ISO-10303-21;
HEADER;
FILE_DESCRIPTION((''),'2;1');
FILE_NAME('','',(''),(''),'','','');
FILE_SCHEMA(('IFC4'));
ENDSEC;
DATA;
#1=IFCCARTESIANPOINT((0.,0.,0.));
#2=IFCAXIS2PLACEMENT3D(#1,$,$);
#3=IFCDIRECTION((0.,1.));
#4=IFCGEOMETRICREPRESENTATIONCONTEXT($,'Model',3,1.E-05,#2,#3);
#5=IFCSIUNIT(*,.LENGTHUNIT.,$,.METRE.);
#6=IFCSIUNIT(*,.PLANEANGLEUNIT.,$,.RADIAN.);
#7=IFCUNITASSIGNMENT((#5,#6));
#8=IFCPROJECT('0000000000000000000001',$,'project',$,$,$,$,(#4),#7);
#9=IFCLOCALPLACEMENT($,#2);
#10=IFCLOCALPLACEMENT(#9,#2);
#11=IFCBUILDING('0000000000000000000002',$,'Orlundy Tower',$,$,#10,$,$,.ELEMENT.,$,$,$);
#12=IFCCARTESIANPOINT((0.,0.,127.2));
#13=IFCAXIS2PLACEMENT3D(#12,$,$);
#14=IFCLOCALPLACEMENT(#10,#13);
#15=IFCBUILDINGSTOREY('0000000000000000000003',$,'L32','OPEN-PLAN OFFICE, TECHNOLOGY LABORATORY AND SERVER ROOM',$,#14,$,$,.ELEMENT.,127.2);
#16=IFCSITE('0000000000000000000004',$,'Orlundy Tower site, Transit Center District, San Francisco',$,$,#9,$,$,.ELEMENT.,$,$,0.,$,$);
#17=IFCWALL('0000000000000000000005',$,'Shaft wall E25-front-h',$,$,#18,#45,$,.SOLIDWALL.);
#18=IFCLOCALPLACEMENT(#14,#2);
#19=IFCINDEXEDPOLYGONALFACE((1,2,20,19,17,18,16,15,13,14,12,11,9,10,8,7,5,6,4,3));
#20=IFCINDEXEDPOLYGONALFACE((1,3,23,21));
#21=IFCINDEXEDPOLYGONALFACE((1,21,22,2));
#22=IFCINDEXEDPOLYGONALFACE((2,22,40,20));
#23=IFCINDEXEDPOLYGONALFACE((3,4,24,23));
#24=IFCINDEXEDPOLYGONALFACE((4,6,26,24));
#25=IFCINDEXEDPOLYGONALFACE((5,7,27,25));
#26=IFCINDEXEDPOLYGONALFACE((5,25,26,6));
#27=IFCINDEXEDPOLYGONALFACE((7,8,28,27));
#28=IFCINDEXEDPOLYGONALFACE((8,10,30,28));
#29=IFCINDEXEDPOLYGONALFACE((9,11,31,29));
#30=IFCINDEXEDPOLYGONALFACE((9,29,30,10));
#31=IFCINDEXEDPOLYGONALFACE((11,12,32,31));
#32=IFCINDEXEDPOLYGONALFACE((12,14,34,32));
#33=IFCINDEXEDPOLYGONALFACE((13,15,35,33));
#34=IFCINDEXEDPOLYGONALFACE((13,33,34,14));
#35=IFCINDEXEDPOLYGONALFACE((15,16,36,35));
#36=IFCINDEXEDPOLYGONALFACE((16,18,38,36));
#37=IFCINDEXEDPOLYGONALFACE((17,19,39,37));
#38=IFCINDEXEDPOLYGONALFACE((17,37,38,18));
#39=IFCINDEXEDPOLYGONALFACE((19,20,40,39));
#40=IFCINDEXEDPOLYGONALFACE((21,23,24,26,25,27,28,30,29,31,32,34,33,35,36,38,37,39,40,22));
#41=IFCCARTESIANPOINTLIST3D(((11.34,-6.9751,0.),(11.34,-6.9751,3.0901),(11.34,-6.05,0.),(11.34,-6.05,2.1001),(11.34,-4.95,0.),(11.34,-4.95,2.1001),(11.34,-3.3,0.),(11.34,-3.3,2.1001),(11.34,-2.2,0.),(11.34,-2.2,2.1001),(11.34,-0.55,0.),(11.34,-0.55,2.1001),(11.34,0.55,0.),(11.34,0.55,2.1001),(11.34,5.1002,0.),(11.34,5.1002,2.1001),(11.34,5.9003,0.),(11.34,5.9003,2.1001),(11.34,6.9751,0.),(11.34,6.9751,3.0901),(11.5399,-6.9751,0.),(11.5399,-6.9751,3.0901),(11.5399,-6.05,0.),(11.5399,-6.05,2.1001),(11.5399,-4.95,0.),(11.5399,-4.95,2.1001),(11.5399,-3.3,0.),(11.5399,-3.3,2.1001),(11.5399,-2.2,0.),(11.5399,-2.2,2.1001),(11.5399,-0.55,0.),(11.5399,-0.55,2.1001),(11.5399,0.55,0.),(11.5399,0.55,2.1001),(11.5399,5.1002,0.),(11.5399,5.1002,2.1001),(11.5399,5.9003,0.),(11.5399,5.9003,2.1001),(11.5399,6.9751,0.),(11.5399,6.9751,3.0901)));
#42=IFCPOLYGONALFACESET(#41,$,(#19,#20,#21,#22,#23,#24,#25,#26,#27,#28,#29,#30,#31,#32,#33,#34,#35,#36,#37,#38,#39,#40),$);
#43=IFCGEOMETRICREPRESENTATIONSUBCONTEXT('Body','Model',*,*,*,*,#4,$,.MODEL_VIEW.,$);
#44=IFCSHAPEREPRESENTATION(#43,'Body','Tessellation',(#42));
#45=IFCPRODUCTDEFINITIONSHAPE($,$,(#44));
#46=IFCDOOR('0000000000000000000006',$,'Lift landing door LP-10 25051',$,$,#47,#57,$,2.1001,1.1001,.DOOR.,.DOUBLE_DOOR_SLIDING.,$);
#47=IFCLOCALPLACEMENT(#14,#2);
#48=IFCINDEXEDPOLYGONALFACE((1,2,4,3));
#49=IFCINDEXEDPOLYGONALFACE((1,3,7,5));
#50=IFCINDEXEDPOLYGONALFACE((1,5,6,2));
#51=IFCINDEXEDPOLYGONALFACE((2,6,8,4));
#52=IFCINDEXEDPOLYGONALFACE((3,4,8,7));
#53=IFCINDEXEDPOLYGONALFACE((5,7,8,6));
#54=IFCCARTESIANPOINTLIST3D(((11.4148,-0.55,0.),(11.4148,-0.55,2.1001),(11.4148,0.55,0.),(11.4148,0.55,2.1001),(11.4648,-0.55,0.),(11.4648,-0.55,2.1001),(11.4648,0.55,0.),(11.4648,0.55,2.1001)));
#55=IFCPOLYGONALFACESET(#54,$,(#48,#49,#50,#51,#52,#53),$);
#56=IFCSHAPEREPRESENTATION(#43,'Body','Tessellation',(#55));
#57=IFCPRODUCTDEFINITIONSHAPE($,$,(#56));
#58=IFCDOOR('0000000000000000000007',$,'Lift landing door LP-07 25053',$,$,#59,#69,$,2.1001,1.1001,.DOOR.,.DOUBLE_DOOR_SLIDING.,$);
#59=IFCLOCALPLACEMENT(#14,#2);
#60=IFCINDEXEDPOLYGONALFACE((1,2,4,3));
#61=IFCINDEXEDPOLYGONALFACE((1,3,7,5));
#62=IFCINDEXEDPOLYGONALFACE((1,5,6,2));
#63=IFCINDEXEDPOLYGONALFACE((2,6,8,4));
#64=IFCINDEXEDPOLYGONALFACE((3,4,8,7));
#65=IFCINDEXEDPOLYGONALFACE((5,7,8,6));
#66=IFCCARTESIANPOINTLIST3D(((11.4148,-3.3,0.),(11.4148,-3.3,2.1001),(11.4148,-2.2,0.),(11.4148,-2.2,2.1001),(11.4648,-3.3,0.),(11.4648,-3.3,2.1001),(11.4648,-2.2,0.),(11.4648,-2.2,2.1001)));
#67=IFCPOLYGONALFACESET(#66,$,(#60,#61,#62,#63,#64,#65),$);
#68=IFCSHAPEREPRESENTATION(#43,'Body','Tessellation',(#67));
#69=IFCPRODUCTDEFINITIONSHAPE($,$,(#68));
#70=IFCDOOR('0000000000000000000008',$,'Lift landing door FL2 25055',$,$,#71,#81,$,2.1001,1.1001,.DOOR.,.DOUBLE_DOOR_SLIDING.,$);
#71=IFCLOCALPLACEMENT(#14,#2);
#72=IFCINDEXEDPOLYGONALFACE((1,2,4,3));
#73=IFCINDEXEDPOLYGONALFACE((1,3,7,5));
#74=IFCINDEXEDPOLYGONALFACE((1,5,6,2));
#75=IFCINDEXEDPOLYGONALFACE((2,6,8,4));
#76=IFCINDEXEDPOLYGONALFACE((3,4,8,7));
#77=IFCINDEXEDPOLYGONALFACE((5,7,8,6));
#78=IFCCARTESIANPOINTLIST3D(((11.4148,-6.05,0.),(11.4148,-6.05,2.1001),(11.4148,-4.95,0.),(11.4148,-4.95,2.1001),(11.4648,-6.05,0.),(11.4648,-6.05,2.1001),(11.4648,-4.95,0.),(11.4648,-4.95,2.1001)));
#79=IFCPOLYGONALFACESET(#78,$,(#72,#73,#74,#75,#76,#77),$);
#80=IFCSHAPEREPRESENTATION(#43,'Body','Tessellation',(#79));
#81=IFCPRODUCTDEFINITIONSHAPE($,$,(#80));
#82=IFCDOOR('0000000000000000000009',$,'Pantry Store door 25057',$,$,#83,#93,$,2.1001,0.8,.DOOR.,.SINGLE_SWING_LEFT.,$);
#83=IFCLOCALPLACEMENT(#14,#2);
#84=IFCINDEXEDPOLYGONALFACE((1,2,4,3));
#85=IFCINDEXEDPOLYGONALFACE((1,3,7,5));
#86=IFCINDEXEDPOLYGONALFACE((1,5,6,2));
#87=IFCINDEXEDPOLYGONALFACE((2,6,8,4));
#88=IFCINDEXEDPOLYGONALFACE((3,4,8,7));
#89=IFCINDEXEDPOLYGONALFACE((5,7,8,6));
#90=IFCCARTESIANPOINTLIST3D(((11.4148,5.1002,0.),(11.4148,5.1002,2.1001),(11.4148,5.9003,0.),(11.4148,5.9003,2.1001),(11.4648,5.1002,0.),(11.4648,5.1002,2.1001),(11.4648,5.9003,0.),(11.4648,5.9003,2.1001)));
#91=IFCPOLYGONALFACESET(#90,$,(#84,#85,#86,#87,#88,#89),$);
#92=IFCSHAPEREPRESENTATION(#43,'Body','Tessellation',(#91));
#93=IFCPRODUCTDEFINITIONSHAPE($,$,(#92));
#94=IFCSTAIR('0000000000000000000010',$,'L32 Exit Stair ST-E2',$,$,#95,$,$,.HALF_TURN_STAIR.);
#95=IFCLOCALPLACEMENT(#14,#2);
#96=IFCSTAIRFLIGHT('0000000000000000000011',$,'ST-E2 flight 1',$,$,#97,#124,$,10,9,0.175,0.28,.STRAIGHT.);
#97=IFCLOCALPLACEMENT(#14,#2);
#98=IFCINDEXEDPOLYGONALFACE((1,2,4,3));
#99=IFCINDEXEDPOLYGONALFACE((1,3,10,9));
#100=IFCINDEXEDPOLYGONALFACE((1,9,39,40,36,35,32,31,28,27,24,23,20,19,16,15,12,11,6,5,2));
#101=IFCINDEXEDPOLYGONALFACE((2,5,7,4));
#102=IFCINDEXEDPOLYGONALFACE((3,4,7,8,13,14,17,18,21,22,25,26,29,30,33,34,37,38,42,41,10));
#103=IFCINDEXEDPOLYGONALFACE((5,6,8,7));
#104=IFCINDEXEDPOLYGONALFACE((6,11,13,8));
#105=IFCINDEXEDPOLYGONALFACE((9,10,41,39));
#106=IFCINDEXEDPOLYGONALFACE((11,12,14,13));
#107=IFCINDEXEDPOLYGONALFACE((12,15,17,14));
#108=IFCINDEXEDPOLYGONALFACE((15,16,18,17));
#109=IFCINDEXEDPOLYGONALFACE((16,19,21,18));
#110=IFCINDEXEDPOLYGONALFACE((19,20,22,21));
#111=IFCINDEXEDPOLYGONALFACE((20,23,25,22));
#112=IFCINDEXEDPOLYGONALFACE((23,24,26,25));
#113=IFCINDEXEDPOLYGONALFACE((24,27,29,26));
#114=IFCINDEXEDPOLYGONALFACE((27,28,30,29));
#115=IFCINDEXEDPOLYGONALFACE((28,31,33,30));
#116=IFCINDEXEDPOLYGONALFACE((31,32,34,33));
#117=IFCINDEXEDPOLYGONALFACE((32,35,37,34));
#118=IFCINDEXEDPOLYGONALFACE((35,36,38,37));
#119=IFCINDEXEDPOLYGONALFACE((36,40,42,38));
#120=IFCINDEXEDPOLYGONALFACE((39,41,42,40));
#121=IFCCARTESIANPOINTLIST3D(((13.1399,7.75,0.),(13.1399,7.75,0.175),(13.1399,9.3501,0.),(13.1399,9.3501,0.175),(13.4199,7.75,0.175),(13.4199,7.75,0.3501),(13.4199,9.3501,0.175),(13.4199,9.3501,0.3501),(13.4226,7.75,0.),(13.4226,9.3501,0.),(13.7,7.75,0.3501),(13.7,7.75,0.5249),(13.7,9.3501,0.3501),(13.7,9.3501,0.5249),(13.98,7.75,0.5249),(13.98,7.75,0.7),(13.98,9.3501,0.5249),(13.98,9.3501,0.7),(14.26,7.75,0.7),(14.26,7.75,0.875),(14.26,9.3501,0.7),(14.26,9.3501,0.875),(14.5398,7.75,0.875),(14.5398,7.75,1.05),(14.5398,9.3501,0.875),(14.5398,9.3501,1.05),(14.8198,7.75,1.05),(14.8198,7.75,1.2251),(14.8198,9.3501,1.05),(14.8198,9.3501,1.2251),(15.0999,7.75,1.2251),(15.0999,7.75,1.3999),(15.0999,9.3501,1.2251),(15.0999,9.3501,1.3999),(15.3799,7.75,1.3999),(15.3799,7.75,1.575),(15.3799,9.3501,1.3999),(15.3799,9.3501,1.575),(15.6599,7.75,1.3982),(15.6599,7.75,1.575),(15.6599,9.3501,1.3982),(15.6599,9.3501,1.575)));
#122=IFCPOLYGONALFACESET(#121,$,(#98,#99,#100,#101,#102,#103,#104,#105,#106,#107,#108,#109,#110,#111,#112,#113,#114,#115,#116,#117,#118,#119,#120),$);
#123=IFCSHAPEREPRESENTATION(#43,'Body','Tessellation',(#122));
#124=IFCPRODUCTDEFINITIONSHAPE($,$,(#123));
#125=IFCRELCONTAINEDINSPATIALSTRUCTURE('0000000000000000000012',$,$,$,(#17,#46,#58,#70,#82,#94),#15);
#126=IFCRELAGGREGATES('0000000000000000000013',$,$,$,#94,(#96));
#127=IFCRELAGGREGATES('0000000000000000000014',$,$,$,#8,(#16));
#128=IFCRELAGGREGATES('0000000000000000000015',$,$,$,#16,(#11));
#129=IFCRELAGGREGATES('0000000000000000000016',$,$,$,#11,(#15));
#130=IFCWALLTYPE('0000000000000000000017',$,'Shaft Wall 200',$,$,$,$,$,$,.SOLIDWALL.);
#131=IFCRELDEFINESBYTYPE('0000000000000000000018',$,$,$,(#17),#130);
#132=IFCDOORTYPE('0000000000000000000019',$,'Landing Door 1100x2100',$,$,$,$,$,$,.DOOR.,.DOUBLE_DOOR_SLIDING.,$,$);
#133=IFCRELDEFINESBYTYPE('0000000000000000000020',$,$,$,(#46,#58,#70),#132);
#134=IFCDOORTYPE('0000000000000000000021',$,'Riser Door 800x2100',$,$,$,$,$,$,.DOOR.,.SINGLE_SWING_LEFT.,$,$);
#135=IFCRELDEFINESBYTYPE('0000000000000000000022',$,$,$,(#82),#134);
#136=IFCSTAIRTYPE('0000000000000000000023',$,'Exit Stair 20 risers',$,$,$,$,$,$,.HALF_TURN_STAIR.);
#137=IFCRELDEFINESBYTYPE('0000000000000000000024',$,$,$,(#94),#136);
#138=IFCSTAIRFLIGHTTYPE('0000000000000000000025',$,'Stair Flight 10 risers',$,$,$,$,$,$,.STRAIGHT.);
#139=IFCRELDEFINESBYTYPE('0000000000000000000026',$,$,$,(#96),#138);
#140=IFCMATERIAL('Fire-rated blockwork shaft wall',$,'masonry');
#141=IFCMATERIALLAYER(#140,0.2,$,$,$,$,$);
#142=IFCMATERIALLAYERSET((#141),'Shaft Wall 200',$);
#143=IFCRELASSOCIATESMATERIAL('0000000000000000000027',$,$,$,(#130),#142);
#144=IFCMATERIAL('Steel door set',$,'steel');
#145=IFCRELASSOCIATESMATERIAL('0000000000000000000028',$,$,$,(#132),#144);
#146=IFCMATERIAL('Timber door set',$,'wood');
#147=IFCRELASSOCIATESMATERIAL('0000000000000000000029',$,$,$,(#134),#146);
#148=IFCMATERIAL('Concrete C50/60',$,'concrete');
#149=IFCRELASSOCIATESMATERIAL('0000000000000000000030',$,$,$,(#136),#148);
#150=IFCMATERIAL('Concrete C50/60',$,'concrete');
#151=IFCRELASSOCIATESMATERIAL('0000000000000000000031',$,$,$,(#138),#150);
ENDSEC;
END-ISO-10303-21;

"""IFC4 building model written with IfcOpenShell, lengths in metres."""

from ifc_helpers import new_model, si_unit, direction, frame, frame_2d, origin, place, context, subcontext, project, spatial, polyline, rectangle, outline, extrude, material, layer, layer_set, type_object, element, fill, aggregate, save


model = new_model("IFC4")

# Units and contexts
model_context = context("Model", 3, precision=1e-05, world=origin(), true_north=direction((0.0, 1.0)))
body_context = subcontext(model_context, "Body", "Model", "MODEL_VIEW")
ifc_project = project(units=[si_unit("LENGTHUNIT", "METRE"), si_unit("PLANEANGLEUNIT", "RADIAN")], contexts=[model_context])

# Site, building, storey
site_placement = place(None, origin())
site = spatial("IfcSite", under=ifc_project, at=site_placement, Name="Orlundy Tower site, Transit Center District, San Francisco", CompositionType="ELEMENT", RefElevation=0.0)
building_placement = place(site_placement, origin())
building = spatial("IfcBuilding", under=site, at=building_placement, Name="Orlundy Tower", CompositionType="ELEMENT")
storey_placement = place(building_placement, frame((0.0, 0.0, 127.2)))
storey = spatial("IfcBuildingStorey", under=building, at=storey_placement, Name="L32", Description="OPEN-PLAN OFFICE, TECHNOLOGY LABORATORY AND SERVER ROOM", CompositionType="ELEMENT", Elevation=127.2)

# Shared definitions
ifc_material_1 = material(Name="Fire-rated blockwork shaft wall", Category="masonry")
ifc_layer_1 = layer(ifc_material_1, 0.2)
ifc_layer_set_1 = layer_set([ifc_layer_1], Name="Shaft Wall 200")
wall_type_1 = type_object("IfcWallType", Name="Shaft Wall 200", PredefinedType="SOLIDWALL", material=ifc_layer_set_1)

# Wall, openings, doors
wall_1_placement = place(storey_placement, frame((11.4399, 6.9751, 0.0), z_axis=(0.0, 0.0, 1.0), x_axis=(0.0, -1.0, 0.0)))
wall_1 = element("IfcWall", 1, at=wall_1_placement, inside=storey, type_object=wall_type_1, Name="Shaft wall E25-front-h", PredefinedType="SOLIDWALL", context=body_context, shape_type="SweptSolid", body=[
    extrude(rectangle(XDim=13.9502, YDim=0.2, at=frame_2d((6.9751, 0.0))), origin(), (0.0, 0.0, 1.0), 3.0901),
])
opening_1_placement = place(wall_1_placement, frame((6.425, 0.0, 0.0)))
opening_1 = element("IfcOpeningElement", 2, at=opening_1_placement, cuts=wall_1, PredefinedType="OPENING", context=body_context, shape_type="SweptSolid", body=[
    extrude(rectangle(XDim=1.1001, YDim=2.1001, at=frame_2d((0.55, 1.05))), frame((0.0, 0.1101, 0.0), z_axis=(0.0, -1.0, 0.0), x_axis=(1.0, 0.0, 0.0)), (0.0, 0.0, 1.0), 0.2202),
])
opening_2_placement = place(wall_1_placement, frame((9.175, 0.0, 0.0)))
opening_2 = element("IfcOpeningElement", 3, at=opening_2_placement, cuts=wall_1, PredefinedType="OPENING", context=body_context, shape_type="SweptSolid", body=[
    extrude(rectangle(XDim=1.1001, YDim=2.1001, at=frame_2d((0.55, 1.05))), frame((0.0, 0.1101, 0.0), z_axis=(0.0, -1.0, 0.0), x_axis=(1.0, 0.0, 0.0)), (0.0, 0.0, 1.0), 0.2202),
])
opening_3_placement = place(wall_1_placement, frame((11.925, 0.0, 0.0)))
opening_3 = element("IfcOpeningElement", 4, at=opening_3_placement, cuts=wall_1, PredefinedType="OPENING", context=body_context, shape_type="SweptSolid", body=[
    extrude(rectangle(XDim=1.1001, YDim=2.1001, at=frame_2d((0.55, 1.05))), frame((0.0, 0.1101, 0.0), z_axis=(0.0, -1.0, 0.0), x_axis=(1.0, 0.0, 0.0)), (0.0, 0.0, 1.0), 0.2202),
])
opening_4_placement = place(wall_1_placement, frame((1.075, 0.0, 0.0)))
opening_4 = element("IfcOpeningElement", 5, at=opening_4_placement, cuts=wall_1, PredefinedType="OPENING", context=body_context, shape_type="SweptSolid", body=[
    extrude(rectangle(XDim=0.8, YDim=2.1001, at=frame_2d((0.3999, 1.05))), frame((0.0, 0.1101, 0.0), z_axis=(0.0, -1.0, 0.0), x_axis=(1.0, 0.0, 0.0)), (0.0, 0.0, 1.0), 0.2202),
])
ifc_material_2 = material(Name="Steel door set", Category="steel")
door_type_1 = type_object("IfcDoorType", Name="Landing Door 1100x2100", OperationType="DOUBLE_DOOR_SLIDING", PredefinedType="DOOR", material=ifc_material_2)
door_1_placement = place(opening_1_placement, origin())
door_1 = element("IfcDoor", 6, at=door_1_placement, inside=storey, type_object=door_type_1, Name="Lift landing door LP-10 25051", OperationType="DOUBLE_DOOR_SLIDING", OverallHeight=2.1001, OverallWidth=1.1001, PredefinedType="DOOR", context=body_context, shape_type="SweptSolid", body=[
    extrude(rectangle(XDim=1.1001, YDim=2.1001, at=frame_2d((0.55, 1.05))), frame((0.0, 0.0249, 0.0), z_axis=(0.0, -1.0, 0.0), x_axis=(1.0, 0.0, 0.0)), (0.0, 0.0, 1.0), 0.05),
])
fill(opening_1, door_1)
door_2_placement = place(opening_2_placement, origin())
door_2 = element("IfcDoor", 7, at=door_2_placement, inside=storey, type_object=door_type_1, Name="Lift landing door LP-07 25053", OperationType="DOUBLE_DOOR_SLIDING", OverallHeight=2.1001, OverallWidth=1.1001, PredefinedType="DOOR", context=body_context, shape_type="SweptSolid", body=[
    extrude(rectangle(XDim=1.1001, YDim=2.1001, at=frame_2d((0.55, 1.05))), frame((0.0, 0.0249, 0.0), z_axis=(0.0, -1.0, 0.0), x_axis=(1.0, 0.0, 0.0)), (0.0, 0.0, 1.0), 0.05),
])
fill(opening_2, door_2)
door_3_placement = place(opening_3_placement, origin())
door_3 = element("IfcDoor", 8, at=door_3_placement, inside=storey, type_object=door_type_1, Name="Lift landing door FL2 25055", OperationType="DOUBLE_DOOR_SLIDING", OverallHeight=2.1001, OverallWidth=1.1001, PredefinedType="DOOR", context=body_context, shape_type="SweptSolid", body=[
    extrude(rectangle(XDim=1.1001, YDim=2.1001, at=frame_2d((0.55, 1.05))), frame((0.0, 0.0249, 0.0), z_axis=(0.0, -1.0, 0.0), x_axis=(1.0, 0.0, 0.0)), (0.0, 0.0, 1.0), 0.05),
])
fill(opening_3, door_3)
ifc_material_3 = material(Name="Timber door set", Category="wood")
door_type_2 = type_object("IfcDoorType", Name="Riser Door 800x2100", OperationType="SINGLE_SWING_LEFT", PredefinedType="DOOR", material=ifc_material_3)
door_4_placement = place(opening_4_placement, origin())
door_4 = element("IfcDoor", 9, at=door_4_placement, inside=storey, type_object=door_type_2, Name="Pantry Store door 25057", OperationType="SINGLE_SWING_LEFT", OverallHeight=2.1001, OverallWidth=0.8, PredefinedType="DOOR", context=body_context, shape_type="SweptSolid", body=[
    extrude(rectangle(XDim=0.8, YDim=2.1001, at=frame_2d((0.3999, 1.05))), frame((0.0, 0.0249, 0.0), z_axis=(0.0, -1.0, 0.0), x_axis=(1.0, 0.0, 0.0)), (0.0, 0.0, 1.0), 0.05),
])
fill(opening_4, door_4)

# Stair, stair flight
ifc_material_4 = material(Name="Concrete C50/60", Category="concrete")
stair_type = type_object("IfcStairType", Name="Exit Stair 20 risers", PredefinedType="HALF_TURN_STAIR", material=ifc_material_4)
stair_placement = place(storey_placement, origin())
stair = element("IfcStair", 10, at=stair_placement, inside=storey, type_object=stair_type, Name="L32 Exit Stair ST-E2", PredefinedType="HALF_TURN_STAIR")
ifc_material_5 = material(Name="Concrete C50/60", Category="concrete")
stair_flight_type = type_object("IfcStairFlightType", Name="Stair Flight 10 risers", PredefinedType="STRAIGHT", material=ifc_material_5)
stair_flight_placement = place(storey_placement, frame((13.1399, 8.55, 0.0), z_axis=(0.0, 0.0, 1.0), x_axis=(1.0, 0.0, 0.0)))
stair_flight = element("IfcStairFlight", 11, at=stair_flight_placement, type_object=stair_flight_type, Name="ST-E2 flight 1", NumberOfRisers=10, NumberOfTreads=9, PredefinedType="STRAIGHT", RiserHeight=0.175, TreadLength=0.28, context=body_context, shape_type="SweptSolid", body=[
    extrude(outline(polyline([(0.0, 0.0), (0.0, 0.175), (0.28, 0.175), (0.28, 0.3501), (0.5601, 0.3501), (0.5601, 0.5249), (0.8401, 0.5249), (0.8401, 0.7), (1.1201, 0.7), (1.1201, 0.875), (1.3999, 0.875), (1.3999, 1.05), (1.6799, 1.05), (1.6799, 1.2251), (1.96, 1.2251), (1.96, 1.3999), (2.24, 1.3999), (2.24, 1.575), (2.52, 1.575), (2.52, 1.75), (2.52, 1.3982), (0.2827, 0.0), (0.0, 0.0)])), frame((0.0, 0.8, 0.0), z_axis=(0.0, -1.0, 0.0), x_axis=(1.0, 0.0, 0.0)), (0.0, 0.0, 1.0), 1.6001),
])
aggregate(stair, [stair_flight])

save(model, "model.ifc")
